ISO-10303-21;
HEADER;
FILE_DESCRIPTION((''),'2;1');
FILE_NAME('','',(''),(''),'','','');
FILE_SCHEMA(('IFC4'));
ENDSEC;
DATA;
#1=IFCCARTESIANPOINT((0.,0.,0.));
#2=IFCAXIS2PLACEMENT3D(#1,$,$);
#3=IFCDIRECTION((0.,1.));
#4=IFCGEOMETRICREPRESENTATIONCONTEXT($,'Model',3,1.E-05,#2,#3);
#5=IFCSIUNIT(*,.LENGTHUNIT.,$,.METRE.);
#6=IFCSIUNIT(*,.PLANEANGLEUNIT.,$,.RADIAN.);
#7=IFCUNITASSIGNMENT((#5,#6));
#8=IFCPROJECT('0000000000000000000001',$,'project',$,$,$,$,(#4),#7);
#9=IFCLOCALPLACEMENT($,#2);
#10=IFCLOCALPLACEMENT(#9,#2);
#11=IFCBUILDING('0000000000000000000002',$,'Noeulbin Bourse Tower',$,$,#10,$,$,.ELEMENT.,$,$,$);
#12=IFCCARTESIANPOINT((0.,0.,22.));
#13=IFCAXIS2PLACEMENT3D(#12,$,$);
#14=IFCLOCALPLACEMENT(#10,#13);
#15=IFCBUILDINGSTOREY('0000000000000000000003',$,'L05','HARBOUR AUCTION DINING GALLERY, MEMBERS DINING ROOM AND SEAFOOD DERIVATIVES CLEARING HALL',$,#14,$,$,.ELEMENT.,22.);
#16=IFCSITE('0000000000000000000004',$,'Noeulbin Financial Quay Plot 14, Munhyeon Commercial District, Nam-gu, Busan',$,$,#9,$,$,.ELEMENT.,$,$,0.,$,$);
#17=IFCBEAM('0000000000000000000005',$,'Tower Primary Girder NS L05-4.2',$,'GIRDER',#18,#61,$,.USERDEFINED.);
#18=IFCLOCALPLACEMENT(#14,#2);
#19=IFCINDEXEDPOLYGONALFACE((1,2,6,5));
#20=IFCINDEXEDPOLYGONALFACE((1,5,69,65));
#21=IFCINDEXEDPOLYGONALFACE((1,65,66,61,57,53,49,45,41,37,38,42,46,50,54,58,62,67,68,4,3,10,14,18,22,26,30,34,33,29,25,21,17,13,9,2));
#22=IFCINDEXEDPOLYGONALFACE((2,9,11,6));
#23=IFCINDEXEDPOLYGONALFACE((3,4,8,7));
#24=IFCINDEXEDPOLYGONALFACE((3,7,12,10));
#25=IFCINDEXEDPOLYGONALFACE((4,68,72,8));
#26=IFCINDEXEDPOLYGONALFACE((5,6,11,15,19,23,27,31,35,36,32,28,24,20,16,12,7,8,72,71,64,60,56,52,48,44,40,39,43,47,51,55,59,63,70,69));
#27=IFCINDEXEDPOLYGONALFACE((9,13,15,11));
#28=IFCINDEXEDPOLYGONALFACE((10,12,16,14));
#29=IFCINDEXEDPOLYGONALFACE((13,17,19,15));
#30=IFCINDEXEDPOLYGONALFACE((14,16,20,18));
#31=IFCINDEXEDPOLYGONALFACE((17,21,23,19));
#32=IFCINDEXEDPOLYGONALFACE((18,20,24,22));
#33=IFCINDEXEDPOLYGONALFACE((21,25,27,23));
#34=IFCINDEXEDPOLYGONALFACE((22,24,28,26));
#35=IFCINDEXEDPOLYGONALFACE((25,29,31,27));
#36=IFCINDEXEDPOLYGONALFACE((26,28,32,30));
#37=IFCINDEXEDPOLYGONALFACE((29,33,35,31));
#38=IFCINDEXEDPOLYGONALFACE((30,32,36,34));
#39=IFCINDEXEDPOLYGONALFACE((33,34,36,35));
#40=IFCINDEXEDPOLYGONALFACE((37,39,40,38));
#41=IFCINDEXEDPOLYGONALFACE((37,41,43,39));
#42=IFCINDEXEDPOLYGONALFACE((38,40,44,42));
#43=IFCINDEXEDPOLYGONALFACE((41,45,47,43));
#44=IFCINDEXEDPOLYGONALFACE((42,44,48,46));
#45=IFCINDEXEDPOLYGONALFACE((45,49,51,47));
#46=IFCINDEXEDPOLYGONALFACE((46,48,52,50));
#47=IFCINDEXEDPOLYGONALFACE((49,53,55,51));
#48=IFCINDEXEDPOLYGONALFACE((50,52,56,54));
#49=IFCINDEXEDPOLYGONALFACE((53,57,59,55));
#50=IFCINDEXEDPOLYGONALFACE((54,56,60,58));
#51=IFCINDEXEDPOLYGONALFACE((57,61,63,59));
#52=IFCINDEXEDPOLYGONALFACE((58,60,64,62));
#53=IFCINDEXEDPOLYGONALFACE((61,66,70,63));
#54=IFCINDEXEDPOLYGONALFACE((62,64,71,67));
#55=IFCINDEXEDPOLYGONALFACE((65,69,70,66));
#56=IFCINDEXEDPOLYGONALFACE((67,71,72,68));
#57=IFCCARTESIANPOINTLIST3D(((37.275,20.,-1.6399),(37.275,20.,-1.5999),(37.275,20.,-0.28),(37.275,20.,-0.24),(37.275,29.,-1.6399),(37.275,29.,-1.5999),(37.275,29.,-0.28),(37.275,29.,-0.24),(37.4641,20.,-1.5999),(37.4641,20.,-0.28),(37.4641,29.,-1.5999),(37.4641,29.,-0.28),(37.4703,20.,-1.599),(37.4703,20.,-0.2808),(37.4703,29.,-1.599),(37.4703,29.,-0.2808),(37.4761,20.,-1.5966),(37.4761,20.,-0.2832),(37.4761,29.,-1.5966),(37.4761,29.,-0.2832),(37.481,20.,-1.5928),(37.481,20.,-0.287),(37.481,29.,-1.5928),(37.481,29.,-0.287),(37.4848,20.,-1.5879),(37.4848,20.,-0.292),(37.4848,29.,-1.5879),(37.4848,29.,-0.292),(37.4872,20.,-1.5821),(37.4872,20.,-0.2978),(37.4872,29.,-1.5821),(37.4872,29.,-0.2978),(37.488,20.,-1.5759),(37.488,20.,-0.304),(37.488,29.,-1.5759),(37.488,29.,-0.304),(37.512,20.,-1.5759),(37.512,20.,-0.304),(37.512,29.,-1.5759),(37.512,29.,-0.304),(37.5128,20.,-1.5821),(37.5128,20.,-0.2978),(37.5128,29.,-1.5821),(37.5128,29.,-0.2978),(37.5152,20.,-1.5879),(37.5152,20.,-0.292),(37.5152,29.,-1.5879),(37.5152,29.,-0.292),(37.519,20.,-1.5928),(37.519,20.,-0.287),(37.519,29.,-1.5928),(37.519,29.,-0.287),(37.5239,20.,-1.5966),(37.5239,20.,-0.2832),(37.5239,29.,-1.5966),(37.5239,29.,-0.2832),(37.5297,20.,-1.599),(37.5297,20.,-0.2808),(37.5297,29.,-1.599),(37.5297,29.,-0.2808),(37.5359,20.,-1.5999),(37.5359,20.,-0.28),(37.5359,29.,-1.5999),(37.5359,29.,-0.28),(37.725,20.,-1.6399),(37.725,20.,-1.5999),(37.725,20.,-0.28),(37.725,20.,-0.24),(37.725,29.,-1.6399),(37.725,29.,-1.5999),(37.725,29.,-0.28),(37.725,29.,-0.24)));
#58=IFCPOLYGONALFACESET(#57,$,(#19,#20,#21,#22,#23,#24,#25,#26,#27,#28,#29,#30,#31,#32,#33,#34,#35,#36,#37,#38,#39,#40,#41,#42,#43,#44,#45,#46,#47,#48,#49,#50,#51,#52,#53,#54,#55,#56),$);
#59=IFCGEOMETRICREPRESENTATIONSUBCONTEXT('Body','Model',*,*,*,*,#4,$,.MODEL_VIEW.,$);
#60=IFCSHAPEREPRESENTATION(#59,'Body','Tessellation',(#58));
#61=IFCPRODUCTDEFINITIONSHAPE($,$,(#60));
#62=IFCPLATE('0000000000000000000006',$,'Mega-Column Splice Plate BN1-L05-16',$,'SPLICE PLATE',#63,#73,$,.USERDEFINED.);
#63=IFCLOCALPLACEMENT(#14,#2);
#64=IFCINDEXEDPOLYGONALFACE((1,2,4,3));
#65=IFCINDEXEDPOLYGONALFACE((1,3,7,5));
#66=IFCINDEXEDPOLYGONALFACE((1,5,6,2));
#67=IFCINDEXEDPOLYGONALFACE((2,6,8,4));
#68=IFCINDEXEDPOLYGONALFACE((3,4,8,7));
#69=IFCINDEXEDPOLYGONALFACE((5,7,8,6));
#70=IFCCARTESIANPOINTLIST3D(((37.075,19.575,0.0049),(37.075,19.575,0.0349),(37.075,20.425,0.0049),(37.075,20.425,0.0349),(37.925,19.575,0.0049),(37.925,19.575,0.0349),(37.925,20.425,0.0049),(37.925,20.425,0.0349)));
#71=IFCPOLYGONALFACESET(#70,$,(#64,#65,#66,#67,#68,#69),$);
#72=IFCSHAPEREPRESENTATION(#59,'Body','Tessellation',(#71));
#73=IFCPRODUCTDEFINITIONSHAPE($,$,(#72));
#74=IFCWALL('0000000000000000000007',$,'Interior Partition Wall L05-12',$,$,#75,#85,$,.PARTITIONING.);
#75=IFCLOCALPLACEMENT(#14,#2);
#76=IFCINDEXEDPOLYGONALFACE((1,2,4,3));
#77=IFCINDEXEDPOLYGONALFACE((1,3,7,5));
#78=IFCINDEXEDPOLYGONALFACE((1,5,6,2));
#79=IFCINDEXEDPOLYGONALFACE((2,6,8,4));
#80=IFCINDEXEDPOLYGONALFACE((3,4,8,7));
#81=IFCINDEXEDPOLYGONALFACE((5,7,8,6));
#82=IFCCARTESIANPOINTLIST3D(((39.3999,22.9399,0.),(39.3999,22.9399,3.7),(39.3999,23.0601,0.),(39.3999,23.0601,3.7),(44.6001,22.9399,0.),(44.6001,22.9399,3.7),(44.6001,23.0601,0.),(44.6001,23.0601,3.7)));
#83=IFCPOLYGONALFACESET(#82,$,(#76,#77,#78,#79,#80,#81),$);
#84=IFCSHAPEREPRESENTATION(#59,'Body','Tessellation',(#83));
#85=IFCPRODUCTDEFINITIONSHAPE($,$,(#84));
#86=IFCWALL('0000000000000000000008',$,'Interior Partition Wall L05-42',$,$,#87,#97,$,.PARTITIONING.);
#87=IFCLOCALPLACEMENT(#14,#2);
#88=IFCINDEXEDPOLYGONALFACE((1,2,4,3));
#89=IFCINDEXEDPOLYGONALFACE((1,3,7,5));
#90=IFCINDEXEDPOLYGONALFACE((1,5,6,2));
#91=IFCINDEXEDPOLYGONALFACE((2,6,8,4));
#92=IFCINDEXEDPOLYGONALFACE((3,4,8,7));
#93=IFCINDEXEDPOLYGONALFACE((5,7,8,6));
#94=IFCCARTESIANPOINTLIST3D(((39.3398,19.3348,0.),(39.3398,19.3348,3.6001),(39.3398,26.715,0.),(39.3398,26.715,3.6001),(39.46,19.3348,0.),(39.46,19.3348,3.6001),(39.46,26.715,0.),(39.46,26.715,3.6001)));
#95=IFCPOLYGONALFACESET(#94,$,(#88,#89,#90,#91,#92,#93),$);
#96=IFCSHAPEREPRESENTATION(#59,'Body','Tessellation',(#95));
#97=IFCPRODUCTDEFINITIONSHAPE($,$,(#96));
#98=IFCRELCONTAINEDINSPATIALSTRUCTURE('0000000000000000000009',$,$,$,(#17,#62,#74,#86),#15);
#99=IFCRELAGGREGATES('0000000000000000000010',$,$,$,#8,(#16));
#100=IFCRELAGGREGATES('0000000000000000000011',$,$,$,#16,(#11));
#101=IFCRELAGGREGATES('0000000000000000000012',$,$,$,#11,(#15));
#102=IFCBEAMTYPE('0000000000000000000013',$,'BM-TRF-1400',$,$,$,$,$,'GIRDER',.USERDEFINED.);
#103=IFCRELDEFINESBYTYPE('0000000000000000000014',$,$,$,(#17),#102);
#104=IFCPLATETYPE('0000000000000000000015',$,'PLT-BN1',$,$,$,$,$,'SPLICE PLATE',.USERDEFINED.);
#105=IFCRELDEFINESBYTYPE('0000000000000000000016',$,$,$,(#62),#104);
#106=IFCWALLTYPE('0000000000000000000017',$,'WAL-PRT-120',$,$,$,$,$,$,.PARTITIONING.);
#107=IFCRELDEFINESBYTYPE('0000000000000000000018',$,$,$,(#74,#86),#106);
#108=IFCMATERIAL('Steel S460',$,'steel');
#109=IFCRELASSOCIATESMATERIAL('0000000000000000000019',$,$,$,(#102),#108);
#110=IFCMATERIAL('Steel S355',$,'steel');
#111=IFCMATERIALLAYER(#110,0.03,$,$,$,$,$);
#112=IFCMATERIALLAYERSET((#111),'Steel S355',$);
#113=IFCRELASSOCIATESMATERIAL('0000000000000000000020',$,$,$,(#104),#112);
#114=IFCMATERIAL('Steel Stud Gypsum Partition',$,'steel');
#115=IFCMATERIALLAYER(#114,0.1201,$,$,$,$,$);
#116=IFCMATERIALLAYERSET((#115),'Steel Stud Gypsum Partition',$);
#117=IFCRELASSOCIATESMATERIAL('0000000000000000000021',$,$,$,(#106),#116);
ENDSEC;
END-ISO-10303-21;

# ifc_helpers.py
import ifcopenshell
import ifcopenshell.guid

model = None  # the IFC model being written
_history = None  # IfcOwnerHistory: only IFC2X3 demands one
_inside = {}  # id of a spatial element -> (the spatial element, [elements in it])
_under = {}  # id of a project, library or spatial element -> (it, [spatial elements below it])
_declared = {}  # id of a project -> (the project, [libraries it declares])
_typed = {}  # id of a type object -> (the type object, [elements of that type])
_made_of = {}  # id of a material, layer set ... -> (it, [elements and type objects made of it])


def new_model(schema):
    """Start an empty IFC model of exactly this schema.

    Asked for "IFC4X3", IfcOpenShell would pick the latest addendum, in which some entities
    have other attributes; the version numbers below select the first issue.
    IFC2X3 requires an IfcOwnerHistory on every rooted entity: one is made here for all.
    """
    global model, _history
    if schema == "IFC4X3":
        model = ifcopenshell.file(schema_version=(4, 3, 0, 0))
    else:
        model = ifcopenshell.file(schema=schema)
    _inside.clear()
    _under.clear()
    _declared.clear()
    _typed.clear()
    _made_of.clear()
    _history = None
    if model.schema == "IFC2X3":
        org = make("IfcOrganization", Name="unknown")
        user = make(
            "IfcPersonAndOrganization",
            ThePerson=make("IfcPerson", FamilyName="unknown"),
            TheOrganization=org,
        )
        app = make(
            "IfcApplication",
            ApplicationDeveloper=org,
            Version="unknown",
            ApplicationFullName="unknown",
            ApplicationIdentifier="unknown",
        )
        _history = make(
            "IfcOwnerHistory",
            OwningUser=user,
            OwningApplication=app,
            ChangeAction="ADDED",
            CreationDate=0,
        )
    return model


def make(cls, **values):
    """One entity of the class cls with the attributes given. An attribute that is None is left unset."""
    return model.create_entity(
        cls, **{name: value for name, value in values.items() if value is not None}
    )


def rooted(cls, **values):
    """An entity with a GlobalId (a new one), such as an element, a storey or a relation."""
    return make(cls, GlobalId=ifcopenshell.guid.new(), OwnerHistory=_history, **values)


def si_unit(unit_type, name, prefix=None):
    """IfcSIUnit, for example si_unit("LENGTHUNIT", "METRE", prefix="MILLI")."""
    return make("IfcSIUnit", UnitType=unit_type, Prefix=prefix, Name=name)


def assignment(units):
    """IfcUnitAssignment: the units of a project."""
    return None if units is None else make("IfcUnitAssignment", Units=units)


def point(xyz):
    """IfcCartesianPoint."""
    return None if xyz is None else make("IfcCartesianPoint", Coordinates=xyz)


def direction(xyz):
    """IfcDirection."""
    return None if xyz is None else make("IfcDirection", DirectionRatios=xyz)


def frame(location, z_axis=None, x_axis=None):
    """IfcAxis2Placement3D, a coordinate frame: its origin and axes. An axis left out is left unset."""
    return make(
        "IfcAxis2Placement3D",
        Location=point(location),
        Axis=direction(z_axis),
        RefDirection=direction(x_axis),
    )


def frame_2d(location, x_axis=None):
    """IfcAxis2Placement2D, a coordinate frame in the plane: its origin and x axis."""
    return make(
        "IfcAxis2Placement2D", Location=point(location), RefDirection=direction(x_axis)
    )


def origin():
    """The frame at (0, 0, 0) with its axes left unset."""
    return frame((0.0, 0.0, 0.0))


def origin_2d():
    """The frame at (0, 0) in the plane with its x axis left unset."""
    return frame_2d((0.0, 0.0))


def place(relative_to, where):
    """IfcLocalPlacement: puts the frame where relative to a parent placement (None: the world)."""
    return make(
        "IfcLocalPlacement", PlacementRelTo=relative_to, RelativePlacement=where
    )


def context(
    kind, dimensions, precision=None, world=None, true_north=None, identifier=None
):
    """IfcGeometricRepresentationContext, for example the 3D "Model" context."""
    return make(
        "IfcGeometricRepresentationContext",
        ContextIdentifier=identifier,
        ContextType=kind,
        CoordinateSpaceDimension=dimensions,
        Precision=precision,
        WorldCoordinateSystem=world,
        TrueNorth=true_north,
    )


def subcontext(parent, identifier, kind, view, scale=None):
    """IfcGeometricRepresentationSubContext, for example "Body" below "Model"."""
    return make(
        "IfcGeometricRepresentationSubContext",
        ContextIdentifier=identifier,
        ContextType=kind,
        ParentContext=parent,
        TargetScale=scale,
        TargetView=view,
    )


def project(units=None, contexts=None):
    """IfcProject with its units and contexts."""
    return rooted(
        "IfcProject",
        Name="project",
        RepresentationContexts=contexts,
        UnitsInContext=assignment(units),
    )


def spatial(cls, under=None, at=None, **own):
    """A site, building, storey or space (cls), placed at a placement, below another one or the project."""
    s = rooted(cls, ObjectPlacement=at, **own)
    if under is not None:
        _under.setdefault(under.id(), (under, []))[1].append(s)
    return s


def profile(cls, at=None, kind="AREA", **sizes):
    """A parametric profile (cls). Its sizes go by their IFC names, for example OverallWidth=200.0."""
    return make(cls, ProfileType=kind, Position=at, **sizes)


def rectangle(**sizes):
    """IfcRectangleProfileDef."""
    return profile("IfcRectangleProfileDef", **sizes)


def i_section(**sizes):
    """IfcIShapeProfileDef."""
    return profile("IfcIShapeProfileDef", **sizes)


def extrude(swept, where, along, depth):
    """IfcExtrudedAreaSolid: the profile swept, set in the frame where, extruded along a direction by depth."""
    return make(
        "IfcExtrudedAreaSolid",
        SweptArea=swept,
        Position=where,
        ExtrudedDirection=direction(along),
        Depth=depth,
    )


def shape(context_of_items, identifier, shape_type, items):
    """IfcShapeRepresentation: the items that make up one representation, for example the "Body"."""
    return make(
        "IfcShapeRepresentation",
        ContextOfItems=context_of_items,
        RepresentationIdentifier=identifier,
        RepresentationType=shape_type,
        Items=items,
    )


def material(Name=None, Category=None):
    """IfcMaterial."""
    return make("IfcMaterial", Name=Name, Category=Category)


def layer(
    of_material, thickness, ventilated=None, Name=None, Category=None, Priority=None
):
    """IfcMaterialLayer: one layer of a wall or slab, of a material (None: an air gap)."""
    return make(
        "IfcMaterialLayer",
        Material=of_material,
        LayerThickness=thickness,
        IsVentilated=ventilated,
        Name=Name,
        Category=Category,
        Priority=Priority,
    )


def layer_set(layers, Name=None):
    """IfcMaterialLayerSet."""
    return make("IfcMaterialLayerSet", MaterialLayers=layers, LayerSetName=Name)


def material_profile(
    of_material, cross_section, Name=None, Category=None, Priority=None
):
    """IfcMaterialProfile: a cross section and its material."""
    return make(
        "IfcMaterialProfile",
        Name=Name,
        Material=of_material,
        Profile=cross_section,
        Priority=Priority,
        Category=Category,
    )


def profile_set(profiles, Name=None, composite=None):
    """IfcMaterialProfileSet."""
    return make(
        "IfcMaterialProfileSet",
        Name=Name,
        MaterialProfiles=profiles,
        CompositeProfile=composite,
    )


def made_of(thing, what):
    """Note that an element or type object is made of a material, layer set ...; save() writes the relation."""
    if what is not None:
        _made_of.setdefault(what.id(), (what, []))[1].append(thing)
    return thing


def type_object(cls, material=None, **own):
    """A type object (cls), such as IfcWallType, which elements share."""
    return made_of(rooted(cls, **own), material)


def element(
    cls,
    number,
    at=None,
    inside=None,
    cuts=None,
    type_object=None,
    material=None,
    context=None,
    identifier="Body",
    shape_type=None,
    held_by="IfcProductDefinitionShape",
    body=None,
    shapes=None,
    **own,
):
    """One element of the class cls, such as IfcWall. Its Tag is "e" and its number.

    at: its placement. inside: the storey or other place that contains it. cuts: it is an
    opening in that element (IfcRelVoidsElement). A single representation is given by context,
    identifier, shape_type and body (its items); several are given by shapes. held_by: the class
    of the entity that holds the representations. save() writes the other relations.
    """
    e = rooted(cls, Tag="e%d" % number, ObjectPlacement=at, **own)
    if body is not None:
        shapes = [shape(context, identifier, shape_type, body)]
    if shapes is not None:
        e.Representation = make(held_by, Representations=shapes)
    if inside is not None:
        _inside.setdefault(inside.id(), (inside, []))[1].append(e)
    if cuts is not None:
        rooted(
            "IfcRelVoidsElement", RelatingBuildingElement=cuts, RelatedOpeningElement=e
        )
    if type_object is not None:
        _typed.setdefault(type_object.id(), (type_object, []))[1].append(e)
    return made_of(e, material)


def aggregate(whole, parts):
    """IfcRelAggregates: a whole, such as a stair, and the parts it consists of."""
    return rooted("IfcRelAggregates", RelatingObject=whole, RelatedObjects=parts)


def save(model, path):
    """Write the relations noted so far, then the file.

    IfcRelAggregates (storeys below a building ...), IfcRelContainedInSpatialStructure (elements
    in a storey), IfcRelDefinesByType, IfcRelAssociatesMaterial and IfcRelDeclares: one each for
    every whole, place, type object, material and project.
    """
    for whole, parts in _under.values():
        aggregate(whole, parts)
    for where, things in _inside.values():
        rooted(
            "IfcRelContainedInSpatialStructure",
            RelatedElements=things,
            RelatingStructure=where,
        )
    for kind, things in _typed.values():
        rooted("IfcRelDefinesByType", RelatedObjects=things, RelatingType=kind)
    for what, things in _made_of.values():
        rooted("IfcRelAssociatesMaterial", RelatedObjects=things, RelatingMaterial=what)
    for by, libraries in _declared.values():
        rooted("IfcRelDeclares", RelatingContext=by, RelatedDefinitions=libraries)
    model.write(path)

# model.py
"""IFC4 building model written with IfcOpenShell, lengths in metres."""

from ifc_helpers import new_model, si_unit, direction, frame, frame_2d, origin, origin_2d, place, context, subcontext, project, spatial, rectangle, i_section, extrude, material, layer, layer_set, material_profile, profile_set, type_object, element, save


model = new_model("IFC4")

# Units and contexts
model_context = context("Model", 3, precision=1e-05, world=origin(), true_north=direction((0.0, 1.0)))
body_context = subcontext(model_context, "Body", "Model", "MODEL_VIEW")
ifc_project = project(units=[si_unit("LENGTHUNIT", "METRE"), si_unit("PLANEANGLEUNIT", "RADIAN")], contexts=[model_context])

# Site, building, storey
site_placement = place(None, origin())
site = spatial("IfcSite", under=ifc_project, at=site_placement, Name="Noeulbin Financial Quay Plot 14, Munhyeon Commercial District, Nam-gu, Busan", CompositionType="ELEMENT", RefElevation=0.0)
building_placement = place(site_placement, origin())
building = spatial("IfcBuilding", under=site, at=building_placement, Name="Noeulbin Bourse Tower", CompositionType="ELEMENT")
storey_placement = place(building_placement, frame((0.0, 0.0, 22.0)))
storey = spatial("IfcBuildingStorey", under=building, at=storey_placement, Name="L05", Description="HARBOUR AUCTION DINING GALLERY, MEMBERS DINING ROOM AND SEAFOOD DERIVATIVES CLEARING HALL", CompositionType="ELEMENT", Elevation=22.0)

# Shared definitions
ifc_material_1 = material(Name="Steel S460", Category="steel")

# Beam
ifc_material_2 = material(Name="Steel S355", Category="steel")
ifc_material_profile_1 = material_profile(ifc_material_1, i_section(OverallWidth=0.45, OverallDepth=1.3999, WebThickness=0.0239, FlangeThickness=0.04, FilletRadius=0.0239, at=origin_2d()), Name="PG-1400x450x24x40", Category="LoadBearing")
ifc_profile_set_1 = profile_set([ifc_material_profile_1], Name="Steel S460")
beam_type_1 = type_object("IfcBeamType", Name="BM-TRF-1400", ElementType="GIRDER", PredefinedType="USERDEFINED", material=ifc_profile_set_1)
beam_1_placement = place(storey_placement, frame((37.5, 20.0, -0.9399), z_axis=(0.0, 1.0, 0.0), x_axis=(-1.0, 0.0, 0.0)))
element("IfcBeam", 1, at=beam_1_placement, inside=storey, type_object=beam_type_1, Name="Tower Primary Girder NS L05-4.2", ObjectType="GIRDER", PredefinedType="USERDEFINED", context=body_context, shape_type="SweptSolid", body=[
    extrude(i_section(OverallWidth=0.45, OverallDepth=1.3999, WebThickness=0.0239, FlangeThickness=0.04, FilletRadius=0.0239, at=origin_2d()), origin(), (0.0, 0.0, 1.0), 9.0),
])

# Plate
ifc_layer_1 = layer(ifc_material_2, 0.03)
ifc_layer_set_1 = layer_set([ifc_layer_1], Name="Steel S355")
plate_type = type_object("IfcPlateType", Name="PLT-BN1", ElementType="SPLICE PLATE", PredefinedType="USERDEFINED", material=ifc_layer_set_1)
plate_placement = place(storey_placement, frame((37.5, 20.0, 0.0049), z_axis=(0.0, 0.0, 1.0), x_axis=(1.0, 0.0, 0.0)))
element("IfcPlate", 2, at=plate_placement, inside=storey, type_object=plate_type, Name="Mega-Column Splice Plate BN1-L05-16", ObjectType="SPLICE PLATE", PredefinedType="USERDEFINED", context=body_context, shape_type="SweptSolid", body=[
    extrude(rectangle(XDim=0.8501, YDim=0.8501, at=origin_2d()), origin(), (0.0, 0.0, 1.0), 0.03),
])

# Walls
ifc_material_3 = material(Name="Steel Stud Gypsum Partition", Category="steel")
ifc_layer_2 = layer(ifc_material_3, 0.1201)
ifc_layer_set_2 = layer_set([ifc_layer_2], Name="Steel Stud Gypsum Partition")
wall_type = type_object("IfcWallType", Name="WAL-PRT-120", PredefinedType="PARTITIONING", material=ifc_layer_set_2)
wall_1_placement = place(storey_placement, frame((39.3999, 23.0, 0.0), z_axis=(0.0, 0.0, 1.0), x_axis=(1.0, 0.0, 0.0)))
element("IfcWall", 3, at=wall_1_placement, inside=storey, type_object=wall_type, Name="Interior Partition Wall L05-12", PredefinedType="PARTITIONING", context=body_context, shape_type="SweptSolid", body=[
    extrude(rectangle(XDim=5.2002, YDim=0.1201, at=frame_2d((2.6001, 0.0))), origin(), (0.0, 0.0, 1.0), 3.7),
])
wall_2_placement = place(storey_placement, frame((39.3999, 19.335, 0.0), z_axis=(0.0, 0.0, 1.0), x_axis=(0.0, 1.0, 0.0)))
element("IfcWall", 4, at=wall_2_placement, inside=storey, type_object=wall_type, Name="Interior Partition Wall L05-42", PredefinedType="PARTITIONING", context=body_context, shape_type="SweptSolid", body=[
    extrude(rectangle(XDim=7.3801, YDim=0.1201, at=frame_2d((3.6899, 0.0))), origin(), (0.0, 0.0, 1.0), 3.6001),
])

save(model, "model.ifc")
